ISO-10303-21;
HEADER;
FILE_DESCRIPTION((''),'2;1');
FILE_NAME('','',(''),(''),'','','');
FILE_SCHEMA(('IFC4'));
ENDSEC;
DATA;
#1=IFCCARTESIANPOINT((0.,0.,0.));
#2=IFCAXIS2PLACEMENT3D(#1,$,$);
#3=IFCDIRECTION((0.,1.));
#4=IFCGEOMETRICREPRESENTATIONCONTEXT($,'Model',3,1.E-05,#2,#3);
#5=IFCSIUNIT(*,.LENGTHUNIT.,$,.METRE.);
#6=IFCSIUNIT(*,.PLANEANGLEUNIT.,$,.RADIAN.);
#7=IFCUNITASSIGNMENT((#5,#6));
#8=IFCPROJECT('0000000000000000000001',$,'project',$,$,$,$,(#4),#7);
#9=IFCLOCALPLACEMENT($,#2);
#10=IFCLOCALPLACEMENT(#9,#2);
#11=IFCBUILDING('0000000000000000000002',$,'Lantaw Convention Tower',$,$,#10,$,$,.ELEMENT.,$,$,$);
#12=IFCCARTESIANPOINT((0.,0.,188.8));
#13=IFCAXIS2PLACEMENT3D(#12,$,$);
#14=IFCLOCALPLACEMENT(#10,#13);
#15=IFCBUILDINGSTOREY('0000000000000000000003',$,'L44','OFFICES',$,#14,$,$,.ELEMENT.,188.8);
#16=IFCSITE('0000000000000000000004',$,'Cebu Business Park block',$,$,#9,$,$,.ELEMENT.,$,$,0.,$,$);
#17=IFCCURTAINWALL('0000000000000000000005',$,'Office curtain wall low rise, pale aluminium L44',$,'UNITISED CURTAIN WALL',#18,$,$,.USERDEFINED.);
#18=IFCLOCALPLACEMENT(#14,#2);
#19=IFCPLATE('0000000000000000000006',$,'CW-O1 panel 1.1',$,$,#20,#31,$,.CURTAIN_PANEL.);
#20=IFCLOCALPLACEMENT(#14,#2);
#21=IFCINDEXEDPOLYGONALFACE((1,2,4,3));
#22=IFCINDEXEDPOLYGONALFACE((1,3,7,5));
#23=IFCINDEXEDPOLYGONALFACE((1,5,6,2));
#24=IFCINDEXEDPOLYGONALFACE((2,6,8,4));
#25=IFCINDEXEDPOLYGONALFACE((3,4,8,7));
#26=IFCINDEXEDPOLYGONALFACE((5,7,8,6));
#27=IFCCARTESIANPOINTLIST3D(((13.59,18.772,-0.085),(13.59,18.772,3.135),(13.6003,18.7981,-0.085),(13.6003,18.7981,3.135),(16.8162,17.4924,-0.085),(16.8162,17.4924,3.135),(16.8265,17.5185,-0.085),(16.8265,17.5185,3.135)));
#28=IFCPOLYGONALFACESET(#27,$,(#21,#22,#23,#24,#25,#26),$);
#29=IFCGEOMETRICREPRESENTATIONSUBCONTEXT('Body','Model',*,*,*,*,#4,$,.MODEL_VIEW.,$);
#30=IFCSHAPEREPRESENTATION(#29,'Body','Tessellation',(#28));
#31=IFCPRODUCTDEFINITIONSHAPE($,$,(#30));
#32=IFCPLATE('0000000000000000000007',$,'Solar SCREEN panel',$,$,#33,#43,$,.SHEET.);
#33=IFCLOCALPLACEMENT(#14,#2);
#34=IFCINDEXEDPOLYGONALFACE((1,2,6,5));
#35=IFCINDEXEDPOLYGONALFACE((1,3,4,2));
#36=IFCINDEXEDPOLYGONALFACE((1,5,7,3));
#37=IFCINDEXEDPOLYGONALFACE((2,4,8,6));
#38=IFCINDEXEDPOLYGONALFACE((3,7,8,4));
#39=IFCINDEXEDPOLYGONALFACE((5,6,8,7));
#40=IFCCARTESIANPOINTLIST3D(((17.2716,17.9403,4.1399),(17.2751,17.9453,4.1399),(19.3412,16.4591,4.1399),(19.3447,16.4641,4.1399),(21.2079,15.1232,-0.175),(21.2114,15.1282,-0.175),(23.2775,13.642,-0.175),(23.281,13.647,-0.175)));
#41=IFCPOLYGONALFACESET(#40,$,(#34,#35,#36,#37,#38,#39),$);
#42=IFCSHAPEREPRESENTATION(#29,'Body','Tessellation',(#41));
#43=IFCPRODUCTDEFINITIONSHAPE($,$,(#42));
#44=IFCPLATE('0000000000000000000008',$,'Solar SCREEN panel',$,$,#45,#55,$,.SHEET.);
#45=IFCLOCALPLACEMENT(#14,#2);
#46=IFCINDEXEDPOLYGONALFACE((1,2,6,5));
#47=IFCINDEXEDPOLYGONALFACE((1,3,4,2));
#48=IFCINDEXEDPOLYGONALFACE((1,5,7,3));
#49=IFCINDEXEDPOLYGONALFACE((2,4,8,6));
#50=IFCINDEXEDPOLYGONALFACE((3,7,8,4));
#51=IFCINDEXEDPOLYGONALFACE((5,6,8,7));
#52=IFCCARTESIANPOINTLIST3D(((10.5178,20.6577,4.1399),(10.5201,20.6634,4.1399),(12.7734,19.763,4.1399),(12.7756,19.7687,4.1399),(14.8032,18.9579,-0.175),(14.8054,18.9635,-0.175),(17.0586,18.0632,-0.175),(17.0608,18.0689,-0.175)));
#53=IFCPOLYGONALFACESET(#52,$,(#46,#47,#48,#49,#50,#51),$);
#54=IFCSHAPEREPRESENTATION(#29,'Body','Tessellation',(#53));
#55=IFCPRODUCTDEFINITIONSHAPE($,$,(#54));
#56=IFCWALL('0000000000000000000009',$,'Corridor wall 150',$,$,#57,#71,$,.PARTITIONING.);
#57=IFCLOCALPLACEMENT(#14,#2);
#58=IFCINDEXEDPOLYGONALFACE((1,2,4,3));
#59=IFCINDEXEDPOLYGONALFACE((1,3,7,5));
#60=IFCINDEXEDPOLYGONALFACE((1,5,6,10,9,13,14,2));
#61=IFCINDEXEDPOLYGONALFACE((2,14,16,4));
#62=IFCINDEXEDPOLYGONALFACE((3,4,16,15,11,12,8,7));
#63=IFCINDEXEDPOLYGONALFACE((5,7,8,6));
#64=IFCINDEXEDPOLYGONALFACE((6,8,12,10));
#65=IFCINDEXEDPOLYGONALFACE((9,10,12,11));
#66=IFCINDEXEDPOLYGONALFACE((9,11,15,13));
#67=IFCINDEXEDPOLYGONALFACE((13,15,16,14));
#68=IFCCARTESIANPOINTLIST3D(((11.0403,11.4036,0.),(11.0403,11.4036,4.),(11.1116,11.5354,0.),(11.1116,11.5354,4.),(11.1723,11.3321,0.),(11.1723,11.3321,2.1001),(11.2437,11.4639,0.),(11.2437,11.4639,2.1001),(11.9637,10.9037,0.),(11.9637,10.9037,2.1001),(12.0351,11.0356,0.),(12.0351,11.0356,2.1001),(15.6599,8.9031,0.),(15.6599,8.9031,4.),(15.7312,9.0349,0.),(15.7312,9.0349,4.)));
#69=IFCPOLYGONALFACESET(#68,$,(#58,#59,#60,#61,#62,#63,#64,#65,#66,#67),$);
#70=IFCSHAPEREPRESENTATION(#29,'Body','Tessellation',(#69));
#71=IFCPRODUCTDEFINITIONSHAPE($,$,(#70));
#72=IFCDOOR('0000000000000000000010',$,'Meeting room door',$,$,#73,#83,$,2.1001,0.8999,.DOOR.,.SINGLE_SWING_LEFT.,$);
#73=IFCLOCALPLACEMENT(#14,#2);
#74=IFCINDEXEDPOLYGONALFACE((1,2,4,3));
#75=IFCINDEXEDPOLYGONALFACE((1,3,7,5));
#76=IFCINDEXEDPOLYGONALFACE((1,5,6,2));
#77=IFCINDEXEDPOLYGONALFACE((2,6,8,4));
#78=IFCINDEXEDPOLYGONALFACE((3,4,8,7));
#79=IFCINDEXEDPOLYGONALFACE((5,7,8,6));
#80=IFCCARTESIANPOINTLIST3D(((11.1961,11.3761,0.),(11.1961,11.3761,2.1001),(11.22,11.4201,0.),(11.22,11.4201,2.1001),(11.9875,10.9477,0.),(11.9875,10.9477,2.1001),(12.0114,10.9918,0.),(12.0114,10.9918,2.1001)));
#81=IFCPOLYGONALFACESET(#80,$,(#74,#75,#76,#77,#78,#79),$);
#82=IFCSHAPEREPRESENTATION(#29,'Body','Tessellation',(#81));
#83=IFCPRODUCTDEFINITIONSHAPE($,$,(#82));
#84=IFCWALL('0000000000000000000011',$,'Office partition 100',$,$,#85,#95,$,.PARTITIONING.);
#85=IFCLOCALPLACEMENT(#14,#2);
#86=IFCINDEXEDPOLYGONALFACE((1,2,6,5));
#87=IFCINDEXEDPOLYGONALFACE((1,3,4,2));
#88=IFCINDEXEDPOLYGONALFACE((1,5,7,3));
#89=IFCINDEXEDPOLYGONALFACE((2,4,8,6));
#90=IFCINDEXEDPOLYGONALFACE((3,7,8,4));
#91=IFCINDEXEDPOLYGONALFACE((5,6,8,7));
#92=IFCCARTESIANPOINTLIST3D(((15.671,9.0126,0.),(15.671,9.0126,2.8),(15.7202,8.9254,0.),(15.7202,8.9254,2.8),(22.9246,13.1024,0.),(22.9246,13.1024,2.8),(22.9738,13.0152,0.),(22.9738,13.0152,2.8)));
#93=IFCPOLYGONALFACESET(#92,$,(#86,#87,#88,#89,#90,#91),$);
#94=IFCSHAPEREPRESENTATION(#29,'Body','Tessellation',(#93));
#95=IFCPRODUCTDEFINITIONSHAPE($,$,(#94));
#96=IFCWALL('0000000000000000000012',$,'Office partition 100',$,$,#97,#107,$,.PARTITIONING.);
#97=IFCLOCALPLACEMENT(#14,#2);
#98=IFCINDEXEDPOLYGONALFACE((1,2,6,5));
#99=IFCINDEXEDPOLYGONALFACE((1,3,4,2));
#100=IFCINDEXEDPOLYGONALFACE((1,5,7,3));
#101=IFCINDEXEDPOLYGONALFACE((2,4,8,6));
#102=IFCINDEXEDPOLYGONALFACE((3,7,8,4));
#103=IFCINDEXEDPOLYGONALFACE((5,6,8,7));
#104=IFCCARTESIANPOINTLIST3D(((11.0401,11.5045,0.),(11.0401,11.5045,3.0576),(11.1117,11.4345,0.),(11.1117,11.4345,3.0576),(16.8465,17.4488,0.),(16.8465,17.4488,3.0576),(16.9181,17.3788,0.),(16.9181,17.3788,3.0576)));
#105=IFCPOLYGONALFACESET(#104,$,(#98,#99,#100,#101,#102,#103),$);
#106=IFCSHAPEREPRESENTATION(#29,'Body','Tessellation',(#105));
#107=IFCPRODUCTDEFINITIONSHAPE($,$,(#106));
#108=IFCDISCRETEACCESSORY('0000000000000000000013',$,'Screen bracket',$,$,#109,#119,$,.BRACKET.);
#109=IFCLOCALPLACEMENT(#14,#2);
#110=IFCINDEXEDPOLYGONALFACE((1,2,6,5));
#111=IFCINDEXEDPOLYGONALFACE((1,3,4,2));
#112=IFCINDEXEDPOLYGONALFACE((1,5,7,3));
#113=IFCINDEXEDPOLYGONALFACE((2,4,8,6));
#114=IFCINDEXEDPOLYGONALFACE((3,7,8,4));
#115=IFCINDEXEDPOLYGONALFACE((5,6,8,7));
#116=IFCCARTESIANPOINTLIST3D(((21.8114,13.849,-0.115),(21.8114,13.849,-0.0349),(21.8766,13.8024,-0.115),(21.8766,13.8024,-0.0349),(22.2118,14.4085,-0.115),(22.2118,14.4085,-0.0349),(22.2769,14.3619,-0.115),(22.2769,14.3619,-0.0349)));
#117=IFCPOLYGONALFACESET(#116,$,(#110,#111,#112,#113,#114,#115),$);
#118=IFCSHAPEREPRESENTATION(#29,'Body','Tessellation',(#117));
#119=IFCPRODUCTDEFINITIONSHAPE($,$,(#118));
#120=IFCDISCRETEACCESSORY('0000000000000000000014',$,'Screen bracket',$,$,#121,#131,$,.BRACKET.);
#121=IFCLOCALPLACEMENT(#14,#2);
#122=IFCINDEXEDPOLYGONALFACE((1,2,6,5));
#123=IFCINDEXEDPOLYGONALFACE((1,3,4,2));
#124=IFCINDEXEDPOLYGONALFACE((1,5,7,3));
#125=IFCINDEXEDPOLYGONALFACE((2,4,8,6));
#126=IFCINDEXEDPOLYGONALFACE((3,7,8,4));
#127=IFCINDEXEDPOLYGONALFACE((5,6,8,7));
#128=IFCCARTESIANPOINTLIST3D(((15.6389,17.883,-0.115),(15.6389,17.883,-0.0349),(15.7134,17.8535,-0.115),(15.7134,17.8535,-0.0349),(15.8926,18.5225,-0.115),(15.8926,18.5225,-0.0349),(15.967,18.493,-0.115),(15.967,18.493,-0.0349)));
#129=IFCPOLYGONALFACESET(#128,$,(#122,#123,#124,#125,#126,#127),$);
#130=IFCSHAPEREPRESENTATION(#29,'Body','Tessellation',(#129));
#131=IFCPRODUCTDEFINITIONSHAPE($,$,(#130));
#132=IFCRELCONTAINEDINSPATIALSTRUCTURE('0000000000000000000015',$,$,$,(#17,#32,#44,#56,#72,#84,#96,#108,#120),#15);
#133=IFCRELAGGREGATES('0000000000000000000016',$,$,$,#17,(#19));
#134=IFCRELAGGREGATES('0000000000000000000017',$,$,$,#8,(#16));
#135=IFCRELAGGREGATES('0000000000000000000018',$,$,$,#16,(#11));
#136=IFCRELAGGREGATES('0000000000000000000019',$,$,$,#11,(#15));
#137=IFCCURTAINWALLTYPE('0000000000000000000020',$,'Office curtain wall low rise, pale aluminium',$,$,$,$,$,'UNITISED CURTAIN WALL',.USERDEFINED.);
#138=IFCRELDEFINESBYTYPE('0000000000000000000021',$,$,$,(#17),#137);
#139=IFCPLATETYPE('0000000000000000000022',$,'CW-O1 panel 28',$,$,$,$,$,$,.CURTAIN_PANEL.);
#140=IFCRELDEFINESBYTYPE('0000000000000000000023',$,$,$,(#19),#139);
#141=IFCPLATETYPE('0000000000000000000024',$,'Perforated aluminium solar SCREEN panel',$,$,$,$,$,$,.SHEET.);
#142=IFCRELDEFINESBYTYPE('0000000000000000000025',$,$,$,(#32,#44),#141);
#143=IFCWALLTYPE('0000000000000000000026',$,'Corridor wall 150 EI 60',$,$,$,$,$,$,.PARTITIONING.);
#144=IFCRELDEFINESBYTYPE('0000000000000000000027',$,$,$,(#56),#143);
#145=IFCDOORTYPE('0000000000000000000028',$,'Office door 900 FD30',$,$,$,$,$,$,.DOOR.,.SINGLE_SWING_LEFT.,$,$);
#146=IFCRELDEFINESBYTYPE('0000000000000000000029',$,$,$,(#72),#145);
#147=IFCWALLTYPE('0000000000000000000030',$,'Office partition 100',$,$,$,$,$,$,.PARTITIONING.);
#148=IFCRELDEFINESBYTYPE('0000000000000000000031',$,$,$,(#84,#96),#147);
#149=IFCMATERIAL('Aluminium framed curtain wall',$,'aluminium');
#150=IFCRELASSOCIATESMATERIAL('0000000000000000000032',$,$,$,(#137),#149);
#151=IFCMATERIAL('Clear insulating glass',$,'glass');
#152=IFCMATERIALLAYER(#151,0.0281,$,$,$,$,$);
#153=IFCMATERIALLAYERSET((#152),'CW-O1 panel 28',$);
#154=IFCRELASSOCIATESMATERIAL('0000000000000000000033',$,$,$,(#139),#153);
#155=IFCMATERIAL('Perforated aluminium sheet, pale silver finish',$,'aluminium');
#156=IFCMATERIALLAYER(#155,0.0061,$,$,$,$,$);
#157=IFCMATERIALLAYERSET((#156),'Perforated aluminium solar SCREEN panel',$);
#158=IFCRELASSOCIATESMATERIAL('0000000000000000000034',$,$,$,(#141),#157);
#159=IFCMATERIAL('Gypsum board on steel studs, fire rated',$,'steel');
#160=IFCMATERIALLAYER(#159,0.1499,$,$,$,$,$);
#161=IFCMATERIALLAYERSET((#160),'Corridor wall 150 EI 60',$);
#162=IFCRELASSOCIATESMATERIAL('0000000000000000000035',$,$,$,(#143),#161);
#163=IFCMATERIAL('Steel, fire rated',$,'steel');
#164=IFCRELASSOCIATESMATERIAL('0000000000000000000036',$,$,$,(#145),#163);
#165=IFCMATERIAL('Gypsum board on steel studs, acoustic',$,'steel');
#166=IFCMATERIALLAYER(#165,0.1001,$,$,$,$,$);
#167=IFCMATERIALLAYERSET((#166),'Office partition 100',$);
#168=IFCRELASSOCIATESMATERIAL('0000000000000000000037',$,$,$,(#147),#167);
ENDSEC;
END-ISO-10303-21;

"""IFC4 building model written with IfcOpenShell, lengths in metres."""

from ifc_helpers import new_model, si_unit, direction, frame, frame_2d, origin, origin_2d, place, context, subcontext, project, spatial, polyline, rectangle, outline, extrude, material, layer, layer_set, type_object, element, fill, aggregate, save


model = new_model("IFC4")

# Units and contexts
model_context = context("Model", 3, precision=1e-05, world=origin(), true_north=direction((0.0, 1.0)))
body_context = subcontext(model_context, "Body", "Model", "MODEL_VIEW")
ifc_project = project(units=[si_unit("LENGTHUNIT", "METRE"), si_unit("PLANEANGLEUNIT", "RADIAN")], contexts=[model_context])

# Site, building, storey
site_placement = place(None, origin())
site = spatial("IfcSite", under=ifc_project, at=site_placement, Name="Cebu Business Park block", CompositionType="ELEMENT", RefElevation=0.0)
building_placement = place(site_placement, origin())
building = spatial("IfcBuilding", under=site, at=building_placement, Name="Lantaw Convention Tower", CompositionType="ELEMENT")
storey_placement = place(building_placement, frame((0.0, 0.0, 188.8)))
storey = spatial("IfcBuildingStorey", under=building, at=storey_placement, Name="L44", Description="OFFICES", CompositionType="ELEMENT", Elevation=188.8)

# Shared definitions
ifc_material_1 = material(Name="Aluminium framed curtain wall", Category="aluminium")
curtain_wall_type = type_object("IfcCurtainWallType", Name="Office curtain wall low rise, pale aluminium", ElementType="UNITISED CURTAIN WALL", PredefinedType="USERDEFINED", material=ifc_material_1)

# Curtain wall
curtain_wall_1_placement = place(storey_placement, origin())
curtain_wall_1 = element("IfcCurtainWall", 1, at=curtain_wall_1_placement, inside=storey, type_object=curtain_wall_type, Name="Office curtain wall low rise, pale aluminium L44", ObjectType="UNITISED CURTAIN WALL", PredefinedType="USERDEFINED")

# Plate
ifc_material_2 = material(Name="Clear insulating glass", Category="glass")
ifc_layer_1 = layer(ifc_material_2, 0.0281)
ifc_layer_set_1 = layer_set([ifc_layer_1], Name="CW-O1 panel 28")
plate_type_1 = type_object("IfcPlateType", Name="CW-O1 panel 28", PredefinedType="CURTAIN_PANEL", material=ifc_layer_set_1)
plate_1_placement = place(storey_placement, frame((15.2083, 18.1453, -0.085), z_axis=(0.0, 0.0, 1.0), x_axis=(-0.929548, 0.368702, 0.0)))
plate_1 = element("IfcPlate", 2, at=plate_1_placement, type_object=plate_type_1, Name="CW-O1 panel 1.1", PredefinedType="CURTAIN_PANEL", context=body_context, shape_type="SweptSolid", body=[
    extrude(rectangle(XDim=3.4707, YDim=0.0281, at=origin_2d()), origin(), (0.0, 0.0, 1.0), 3.22),
])
aggregate(curtain_wall_1, [plate_1])

# Plates
ifc_material_3 = material(Name="Perforated aluminium sheet, pale silver finish", Category="aluminium")
ifc_layer_2 = layer(ifc_material_3, 0.0061)
ifc_layer_set_2 = layer_set([ifc_layer_2], Name="Perforated aluminium solar SCREEN panel")
plate_type_2 = type_object("IfcPlateType", Name="Perforated aluminium solar SCREEN panel", PredefinedType="SHEET", material=ifc_layer_set_2)
plate_2_placement = place(storey_placement, frame((23.281, 13.647, -0.175), z_axis=(0.582, 0.813189, 0.000012), x_axis=(-0.813189, 0.582, 0.0)))
element("IfcPlate", 3, at=plate_2_placement, inside=storey, type_object=plate_type_2, Name="Solar SCREEN panel", PredefinedType="SHEET", context=body_context, shape_type="SweptSolid", body=[
    extrude(outline(polyline([(0.0, 0.0), (2.545, 0.0), (7.3855, 4.3149), (4.8405, 4.3149), (0.0, 0.0)])), origin(), (0.0, 0.0, -1.0), 0.0061),
])
plate_3_placement = place(storey_placement, frame((17.0586, 18.0632, -0.175), z_axis=(-0.368709, -0.929545, 0.000011), x_axis=(-0.929545, 0.368709, 0.0)))
element("IfcPlate", 4, at=plate_3_placement, inside=storey, type_object=plate_type_2, Name="Solar SCREEN panel", PredefinedType="SHEET", context=body_context, shape_type="SweptSolid", body=[
    extrude(outline(polyline([(0.0, 0.0), (2.4264, 0.0), (7.0365, -4.3149), (4.61, -4.3149), (0.0, 0.0)])), origin(), (0.0, 0.0, -1.0), 0.0061),
])

# Wall, opening, door
ifc_material_4 = material(Name="Gypsum board on steel studs, fire rated", Category="steel")
ifc_layer_3 = layer(ifc_material_4, 0.1499)
ifc_layer_set_3 = layer_set([ifc_layer_3], Name="Corridor wall 150 EI 60")
wall_type_1 = type_object("IfcWallType", Name="Corridor wall 150 EI 60", PredefinedType="PARTITIONING", material=ifc_layer_set_3)
wall_1_placement = place(storey_placement, frame((15.6956, 8.969, 0.0), z_axis=(0.0, 0.0, 1.0), x_axis=(-0.879436, 0.476017, 0.0)))
wall_1 = element("IfcWall", 5, at=wall_1_placement, inside=storey, type_object=wall_type_1, Name="Corridor wall 150", PredefinedType="PARTITIONING", context=body_context, shape_type="SweptSolid", body=[
    extrude(rectangle(XDim=5.2529, YDim=0.1499, at=frame_2d((2.6265, 0.0))), origin(), (0.0, 0.0, 1.0), 4.0),
])
opening_placement = place(wall_1_placement, frame((4.2029, 0.0, 0.0)))
opening = element("IfcOpeningElement", 6, at=opening_placement, cuts=wall_1, PredefinedType="OPENING", context=body_context, shape_type="SweptSolid", body=[
    extrude(rectangle(XDim=0.8999, YDim=2.1001, at=frame_2d((0.45, 1.05))), frame((0.0, 0.085, 0.0), z_axis=(0.0, -1.0, 0.0), x_axis=(1.0, 0.0, 0.0)), (0.0, 0.0, 1.0), 0.1699),
])
ifc_material_5 = material(Name="Steel, fire rated", Category="steel")
door_type = type_object("IfcDoorType", Name="Office door 900 FD30", OperationType="SINGLE_SWING_LEFT", PredefinedType="DOOR", material=ifc_material_5)
door_placement = place(opening_placement, origin())
door = element("IfcDoor", 7, at=door_placement, inside=storey, type_object=door_type, Name="Meeting room door", OperationType="SINGLE_SWING_LEFT", OverallHeight=2.1001, OverallWidth=0.8999, PredefinedType="DOOR", context=body_context, shape_type="SweptSolid", body=[
    extrude(rectangle(XDim=0.8999, YDim=2.1001, at=frame_2d((0.45, 1.05))), frame((0.0, 0.0249, 0.0), z_axis=(0.0, -1.0, 0.0), x_axis=(1.0, 0.0, 0.0)), (0.0, 0.0, 1.0), 0.05),
])
fill(opening, door)

# Walls
ifc_material_6 = material(Name="Gypsum board on steel studs, acoustic", Category="steel")
ifc_layer_4 = layer(ifc_material_6, 0.1001)
ifc_layer_set_4 = layer_set([ifc_layer_4], Name="Office partition 100")
wall_type_2 = type_object("IfcWallType", Name="Office partition 100", PredefinedType="PARTITIONING", material=ifc_layer_set_4)
wall_2_placement = place(storey_placement, frame((22.9492, 13.0588, 0.0), z_axis=(0.0, 0.0, 1.0), x_axis=(-0.871079, -0.491142, 0.0)))
element("IfcWall", 8, at=wall_2_placement, inside=storey, type_object=wall_type_2, Name="Office partition 100", PredefinedType="PARTITIONING", context=body_context, shape_type="SweptSolid", body=[
    extrude(rectangle(XDim=8.3271, YDim=0.1001, at=frame_2d((4.1636, 0.0))), origin(), (0.0, 0.0, 1.0), 2.8),
])
wall_3_placement = place(storey_placement, frame((16.8823, 17.4138, 0.0), z_axis=(0.0, 0.0, 1.0), x_axis=(-0.698758, -0.715358, 0.0)))
element("IfcWall", 9, at=wall_3_placement, inside=storey, type_object=wall_type_2, Name="Office partition 100", PredefinedType="PARTITIONING", context=body_context, shape_type="SweptSolid", body=[
    extrude(rectangle(XDim=8.3096, YDim=0.1001, at=frame_2d((4.1548, 0.0))), origin(), (0.0, 0.0, 1.0), 3.0576),
])

# Discrete accessories
for number, where, z_axis, x_axis, name in (
    (10, (22.0442, 14.1055, -0.115), (0.0, 0.0, 1.0), (-0.813208, 0.581973, 0.0), "Screen bracket"),
    (11, (15.803, 18.188, -0.115), (0.0, 0.0, 1.0), (-0.929548, 0.368702, 0.0), "Screen bracket"),
):
    element("IfcDiscreteAccessory", number, at=place(storey_placement, frame(where, z_axis=z_axis, x_axis=x_axis)), inside=storey, Name=name, PredefinedType="BRACKET", context=body_context, shape_type="SweptSolid", body=[
        extrude(rectangle(XDim=0.0801, YDim=0.688, at=origin_2d()), origin(), (0.0, 0.0, 1.0), 0.0801),
    ])

save(model, "model.ifc")
